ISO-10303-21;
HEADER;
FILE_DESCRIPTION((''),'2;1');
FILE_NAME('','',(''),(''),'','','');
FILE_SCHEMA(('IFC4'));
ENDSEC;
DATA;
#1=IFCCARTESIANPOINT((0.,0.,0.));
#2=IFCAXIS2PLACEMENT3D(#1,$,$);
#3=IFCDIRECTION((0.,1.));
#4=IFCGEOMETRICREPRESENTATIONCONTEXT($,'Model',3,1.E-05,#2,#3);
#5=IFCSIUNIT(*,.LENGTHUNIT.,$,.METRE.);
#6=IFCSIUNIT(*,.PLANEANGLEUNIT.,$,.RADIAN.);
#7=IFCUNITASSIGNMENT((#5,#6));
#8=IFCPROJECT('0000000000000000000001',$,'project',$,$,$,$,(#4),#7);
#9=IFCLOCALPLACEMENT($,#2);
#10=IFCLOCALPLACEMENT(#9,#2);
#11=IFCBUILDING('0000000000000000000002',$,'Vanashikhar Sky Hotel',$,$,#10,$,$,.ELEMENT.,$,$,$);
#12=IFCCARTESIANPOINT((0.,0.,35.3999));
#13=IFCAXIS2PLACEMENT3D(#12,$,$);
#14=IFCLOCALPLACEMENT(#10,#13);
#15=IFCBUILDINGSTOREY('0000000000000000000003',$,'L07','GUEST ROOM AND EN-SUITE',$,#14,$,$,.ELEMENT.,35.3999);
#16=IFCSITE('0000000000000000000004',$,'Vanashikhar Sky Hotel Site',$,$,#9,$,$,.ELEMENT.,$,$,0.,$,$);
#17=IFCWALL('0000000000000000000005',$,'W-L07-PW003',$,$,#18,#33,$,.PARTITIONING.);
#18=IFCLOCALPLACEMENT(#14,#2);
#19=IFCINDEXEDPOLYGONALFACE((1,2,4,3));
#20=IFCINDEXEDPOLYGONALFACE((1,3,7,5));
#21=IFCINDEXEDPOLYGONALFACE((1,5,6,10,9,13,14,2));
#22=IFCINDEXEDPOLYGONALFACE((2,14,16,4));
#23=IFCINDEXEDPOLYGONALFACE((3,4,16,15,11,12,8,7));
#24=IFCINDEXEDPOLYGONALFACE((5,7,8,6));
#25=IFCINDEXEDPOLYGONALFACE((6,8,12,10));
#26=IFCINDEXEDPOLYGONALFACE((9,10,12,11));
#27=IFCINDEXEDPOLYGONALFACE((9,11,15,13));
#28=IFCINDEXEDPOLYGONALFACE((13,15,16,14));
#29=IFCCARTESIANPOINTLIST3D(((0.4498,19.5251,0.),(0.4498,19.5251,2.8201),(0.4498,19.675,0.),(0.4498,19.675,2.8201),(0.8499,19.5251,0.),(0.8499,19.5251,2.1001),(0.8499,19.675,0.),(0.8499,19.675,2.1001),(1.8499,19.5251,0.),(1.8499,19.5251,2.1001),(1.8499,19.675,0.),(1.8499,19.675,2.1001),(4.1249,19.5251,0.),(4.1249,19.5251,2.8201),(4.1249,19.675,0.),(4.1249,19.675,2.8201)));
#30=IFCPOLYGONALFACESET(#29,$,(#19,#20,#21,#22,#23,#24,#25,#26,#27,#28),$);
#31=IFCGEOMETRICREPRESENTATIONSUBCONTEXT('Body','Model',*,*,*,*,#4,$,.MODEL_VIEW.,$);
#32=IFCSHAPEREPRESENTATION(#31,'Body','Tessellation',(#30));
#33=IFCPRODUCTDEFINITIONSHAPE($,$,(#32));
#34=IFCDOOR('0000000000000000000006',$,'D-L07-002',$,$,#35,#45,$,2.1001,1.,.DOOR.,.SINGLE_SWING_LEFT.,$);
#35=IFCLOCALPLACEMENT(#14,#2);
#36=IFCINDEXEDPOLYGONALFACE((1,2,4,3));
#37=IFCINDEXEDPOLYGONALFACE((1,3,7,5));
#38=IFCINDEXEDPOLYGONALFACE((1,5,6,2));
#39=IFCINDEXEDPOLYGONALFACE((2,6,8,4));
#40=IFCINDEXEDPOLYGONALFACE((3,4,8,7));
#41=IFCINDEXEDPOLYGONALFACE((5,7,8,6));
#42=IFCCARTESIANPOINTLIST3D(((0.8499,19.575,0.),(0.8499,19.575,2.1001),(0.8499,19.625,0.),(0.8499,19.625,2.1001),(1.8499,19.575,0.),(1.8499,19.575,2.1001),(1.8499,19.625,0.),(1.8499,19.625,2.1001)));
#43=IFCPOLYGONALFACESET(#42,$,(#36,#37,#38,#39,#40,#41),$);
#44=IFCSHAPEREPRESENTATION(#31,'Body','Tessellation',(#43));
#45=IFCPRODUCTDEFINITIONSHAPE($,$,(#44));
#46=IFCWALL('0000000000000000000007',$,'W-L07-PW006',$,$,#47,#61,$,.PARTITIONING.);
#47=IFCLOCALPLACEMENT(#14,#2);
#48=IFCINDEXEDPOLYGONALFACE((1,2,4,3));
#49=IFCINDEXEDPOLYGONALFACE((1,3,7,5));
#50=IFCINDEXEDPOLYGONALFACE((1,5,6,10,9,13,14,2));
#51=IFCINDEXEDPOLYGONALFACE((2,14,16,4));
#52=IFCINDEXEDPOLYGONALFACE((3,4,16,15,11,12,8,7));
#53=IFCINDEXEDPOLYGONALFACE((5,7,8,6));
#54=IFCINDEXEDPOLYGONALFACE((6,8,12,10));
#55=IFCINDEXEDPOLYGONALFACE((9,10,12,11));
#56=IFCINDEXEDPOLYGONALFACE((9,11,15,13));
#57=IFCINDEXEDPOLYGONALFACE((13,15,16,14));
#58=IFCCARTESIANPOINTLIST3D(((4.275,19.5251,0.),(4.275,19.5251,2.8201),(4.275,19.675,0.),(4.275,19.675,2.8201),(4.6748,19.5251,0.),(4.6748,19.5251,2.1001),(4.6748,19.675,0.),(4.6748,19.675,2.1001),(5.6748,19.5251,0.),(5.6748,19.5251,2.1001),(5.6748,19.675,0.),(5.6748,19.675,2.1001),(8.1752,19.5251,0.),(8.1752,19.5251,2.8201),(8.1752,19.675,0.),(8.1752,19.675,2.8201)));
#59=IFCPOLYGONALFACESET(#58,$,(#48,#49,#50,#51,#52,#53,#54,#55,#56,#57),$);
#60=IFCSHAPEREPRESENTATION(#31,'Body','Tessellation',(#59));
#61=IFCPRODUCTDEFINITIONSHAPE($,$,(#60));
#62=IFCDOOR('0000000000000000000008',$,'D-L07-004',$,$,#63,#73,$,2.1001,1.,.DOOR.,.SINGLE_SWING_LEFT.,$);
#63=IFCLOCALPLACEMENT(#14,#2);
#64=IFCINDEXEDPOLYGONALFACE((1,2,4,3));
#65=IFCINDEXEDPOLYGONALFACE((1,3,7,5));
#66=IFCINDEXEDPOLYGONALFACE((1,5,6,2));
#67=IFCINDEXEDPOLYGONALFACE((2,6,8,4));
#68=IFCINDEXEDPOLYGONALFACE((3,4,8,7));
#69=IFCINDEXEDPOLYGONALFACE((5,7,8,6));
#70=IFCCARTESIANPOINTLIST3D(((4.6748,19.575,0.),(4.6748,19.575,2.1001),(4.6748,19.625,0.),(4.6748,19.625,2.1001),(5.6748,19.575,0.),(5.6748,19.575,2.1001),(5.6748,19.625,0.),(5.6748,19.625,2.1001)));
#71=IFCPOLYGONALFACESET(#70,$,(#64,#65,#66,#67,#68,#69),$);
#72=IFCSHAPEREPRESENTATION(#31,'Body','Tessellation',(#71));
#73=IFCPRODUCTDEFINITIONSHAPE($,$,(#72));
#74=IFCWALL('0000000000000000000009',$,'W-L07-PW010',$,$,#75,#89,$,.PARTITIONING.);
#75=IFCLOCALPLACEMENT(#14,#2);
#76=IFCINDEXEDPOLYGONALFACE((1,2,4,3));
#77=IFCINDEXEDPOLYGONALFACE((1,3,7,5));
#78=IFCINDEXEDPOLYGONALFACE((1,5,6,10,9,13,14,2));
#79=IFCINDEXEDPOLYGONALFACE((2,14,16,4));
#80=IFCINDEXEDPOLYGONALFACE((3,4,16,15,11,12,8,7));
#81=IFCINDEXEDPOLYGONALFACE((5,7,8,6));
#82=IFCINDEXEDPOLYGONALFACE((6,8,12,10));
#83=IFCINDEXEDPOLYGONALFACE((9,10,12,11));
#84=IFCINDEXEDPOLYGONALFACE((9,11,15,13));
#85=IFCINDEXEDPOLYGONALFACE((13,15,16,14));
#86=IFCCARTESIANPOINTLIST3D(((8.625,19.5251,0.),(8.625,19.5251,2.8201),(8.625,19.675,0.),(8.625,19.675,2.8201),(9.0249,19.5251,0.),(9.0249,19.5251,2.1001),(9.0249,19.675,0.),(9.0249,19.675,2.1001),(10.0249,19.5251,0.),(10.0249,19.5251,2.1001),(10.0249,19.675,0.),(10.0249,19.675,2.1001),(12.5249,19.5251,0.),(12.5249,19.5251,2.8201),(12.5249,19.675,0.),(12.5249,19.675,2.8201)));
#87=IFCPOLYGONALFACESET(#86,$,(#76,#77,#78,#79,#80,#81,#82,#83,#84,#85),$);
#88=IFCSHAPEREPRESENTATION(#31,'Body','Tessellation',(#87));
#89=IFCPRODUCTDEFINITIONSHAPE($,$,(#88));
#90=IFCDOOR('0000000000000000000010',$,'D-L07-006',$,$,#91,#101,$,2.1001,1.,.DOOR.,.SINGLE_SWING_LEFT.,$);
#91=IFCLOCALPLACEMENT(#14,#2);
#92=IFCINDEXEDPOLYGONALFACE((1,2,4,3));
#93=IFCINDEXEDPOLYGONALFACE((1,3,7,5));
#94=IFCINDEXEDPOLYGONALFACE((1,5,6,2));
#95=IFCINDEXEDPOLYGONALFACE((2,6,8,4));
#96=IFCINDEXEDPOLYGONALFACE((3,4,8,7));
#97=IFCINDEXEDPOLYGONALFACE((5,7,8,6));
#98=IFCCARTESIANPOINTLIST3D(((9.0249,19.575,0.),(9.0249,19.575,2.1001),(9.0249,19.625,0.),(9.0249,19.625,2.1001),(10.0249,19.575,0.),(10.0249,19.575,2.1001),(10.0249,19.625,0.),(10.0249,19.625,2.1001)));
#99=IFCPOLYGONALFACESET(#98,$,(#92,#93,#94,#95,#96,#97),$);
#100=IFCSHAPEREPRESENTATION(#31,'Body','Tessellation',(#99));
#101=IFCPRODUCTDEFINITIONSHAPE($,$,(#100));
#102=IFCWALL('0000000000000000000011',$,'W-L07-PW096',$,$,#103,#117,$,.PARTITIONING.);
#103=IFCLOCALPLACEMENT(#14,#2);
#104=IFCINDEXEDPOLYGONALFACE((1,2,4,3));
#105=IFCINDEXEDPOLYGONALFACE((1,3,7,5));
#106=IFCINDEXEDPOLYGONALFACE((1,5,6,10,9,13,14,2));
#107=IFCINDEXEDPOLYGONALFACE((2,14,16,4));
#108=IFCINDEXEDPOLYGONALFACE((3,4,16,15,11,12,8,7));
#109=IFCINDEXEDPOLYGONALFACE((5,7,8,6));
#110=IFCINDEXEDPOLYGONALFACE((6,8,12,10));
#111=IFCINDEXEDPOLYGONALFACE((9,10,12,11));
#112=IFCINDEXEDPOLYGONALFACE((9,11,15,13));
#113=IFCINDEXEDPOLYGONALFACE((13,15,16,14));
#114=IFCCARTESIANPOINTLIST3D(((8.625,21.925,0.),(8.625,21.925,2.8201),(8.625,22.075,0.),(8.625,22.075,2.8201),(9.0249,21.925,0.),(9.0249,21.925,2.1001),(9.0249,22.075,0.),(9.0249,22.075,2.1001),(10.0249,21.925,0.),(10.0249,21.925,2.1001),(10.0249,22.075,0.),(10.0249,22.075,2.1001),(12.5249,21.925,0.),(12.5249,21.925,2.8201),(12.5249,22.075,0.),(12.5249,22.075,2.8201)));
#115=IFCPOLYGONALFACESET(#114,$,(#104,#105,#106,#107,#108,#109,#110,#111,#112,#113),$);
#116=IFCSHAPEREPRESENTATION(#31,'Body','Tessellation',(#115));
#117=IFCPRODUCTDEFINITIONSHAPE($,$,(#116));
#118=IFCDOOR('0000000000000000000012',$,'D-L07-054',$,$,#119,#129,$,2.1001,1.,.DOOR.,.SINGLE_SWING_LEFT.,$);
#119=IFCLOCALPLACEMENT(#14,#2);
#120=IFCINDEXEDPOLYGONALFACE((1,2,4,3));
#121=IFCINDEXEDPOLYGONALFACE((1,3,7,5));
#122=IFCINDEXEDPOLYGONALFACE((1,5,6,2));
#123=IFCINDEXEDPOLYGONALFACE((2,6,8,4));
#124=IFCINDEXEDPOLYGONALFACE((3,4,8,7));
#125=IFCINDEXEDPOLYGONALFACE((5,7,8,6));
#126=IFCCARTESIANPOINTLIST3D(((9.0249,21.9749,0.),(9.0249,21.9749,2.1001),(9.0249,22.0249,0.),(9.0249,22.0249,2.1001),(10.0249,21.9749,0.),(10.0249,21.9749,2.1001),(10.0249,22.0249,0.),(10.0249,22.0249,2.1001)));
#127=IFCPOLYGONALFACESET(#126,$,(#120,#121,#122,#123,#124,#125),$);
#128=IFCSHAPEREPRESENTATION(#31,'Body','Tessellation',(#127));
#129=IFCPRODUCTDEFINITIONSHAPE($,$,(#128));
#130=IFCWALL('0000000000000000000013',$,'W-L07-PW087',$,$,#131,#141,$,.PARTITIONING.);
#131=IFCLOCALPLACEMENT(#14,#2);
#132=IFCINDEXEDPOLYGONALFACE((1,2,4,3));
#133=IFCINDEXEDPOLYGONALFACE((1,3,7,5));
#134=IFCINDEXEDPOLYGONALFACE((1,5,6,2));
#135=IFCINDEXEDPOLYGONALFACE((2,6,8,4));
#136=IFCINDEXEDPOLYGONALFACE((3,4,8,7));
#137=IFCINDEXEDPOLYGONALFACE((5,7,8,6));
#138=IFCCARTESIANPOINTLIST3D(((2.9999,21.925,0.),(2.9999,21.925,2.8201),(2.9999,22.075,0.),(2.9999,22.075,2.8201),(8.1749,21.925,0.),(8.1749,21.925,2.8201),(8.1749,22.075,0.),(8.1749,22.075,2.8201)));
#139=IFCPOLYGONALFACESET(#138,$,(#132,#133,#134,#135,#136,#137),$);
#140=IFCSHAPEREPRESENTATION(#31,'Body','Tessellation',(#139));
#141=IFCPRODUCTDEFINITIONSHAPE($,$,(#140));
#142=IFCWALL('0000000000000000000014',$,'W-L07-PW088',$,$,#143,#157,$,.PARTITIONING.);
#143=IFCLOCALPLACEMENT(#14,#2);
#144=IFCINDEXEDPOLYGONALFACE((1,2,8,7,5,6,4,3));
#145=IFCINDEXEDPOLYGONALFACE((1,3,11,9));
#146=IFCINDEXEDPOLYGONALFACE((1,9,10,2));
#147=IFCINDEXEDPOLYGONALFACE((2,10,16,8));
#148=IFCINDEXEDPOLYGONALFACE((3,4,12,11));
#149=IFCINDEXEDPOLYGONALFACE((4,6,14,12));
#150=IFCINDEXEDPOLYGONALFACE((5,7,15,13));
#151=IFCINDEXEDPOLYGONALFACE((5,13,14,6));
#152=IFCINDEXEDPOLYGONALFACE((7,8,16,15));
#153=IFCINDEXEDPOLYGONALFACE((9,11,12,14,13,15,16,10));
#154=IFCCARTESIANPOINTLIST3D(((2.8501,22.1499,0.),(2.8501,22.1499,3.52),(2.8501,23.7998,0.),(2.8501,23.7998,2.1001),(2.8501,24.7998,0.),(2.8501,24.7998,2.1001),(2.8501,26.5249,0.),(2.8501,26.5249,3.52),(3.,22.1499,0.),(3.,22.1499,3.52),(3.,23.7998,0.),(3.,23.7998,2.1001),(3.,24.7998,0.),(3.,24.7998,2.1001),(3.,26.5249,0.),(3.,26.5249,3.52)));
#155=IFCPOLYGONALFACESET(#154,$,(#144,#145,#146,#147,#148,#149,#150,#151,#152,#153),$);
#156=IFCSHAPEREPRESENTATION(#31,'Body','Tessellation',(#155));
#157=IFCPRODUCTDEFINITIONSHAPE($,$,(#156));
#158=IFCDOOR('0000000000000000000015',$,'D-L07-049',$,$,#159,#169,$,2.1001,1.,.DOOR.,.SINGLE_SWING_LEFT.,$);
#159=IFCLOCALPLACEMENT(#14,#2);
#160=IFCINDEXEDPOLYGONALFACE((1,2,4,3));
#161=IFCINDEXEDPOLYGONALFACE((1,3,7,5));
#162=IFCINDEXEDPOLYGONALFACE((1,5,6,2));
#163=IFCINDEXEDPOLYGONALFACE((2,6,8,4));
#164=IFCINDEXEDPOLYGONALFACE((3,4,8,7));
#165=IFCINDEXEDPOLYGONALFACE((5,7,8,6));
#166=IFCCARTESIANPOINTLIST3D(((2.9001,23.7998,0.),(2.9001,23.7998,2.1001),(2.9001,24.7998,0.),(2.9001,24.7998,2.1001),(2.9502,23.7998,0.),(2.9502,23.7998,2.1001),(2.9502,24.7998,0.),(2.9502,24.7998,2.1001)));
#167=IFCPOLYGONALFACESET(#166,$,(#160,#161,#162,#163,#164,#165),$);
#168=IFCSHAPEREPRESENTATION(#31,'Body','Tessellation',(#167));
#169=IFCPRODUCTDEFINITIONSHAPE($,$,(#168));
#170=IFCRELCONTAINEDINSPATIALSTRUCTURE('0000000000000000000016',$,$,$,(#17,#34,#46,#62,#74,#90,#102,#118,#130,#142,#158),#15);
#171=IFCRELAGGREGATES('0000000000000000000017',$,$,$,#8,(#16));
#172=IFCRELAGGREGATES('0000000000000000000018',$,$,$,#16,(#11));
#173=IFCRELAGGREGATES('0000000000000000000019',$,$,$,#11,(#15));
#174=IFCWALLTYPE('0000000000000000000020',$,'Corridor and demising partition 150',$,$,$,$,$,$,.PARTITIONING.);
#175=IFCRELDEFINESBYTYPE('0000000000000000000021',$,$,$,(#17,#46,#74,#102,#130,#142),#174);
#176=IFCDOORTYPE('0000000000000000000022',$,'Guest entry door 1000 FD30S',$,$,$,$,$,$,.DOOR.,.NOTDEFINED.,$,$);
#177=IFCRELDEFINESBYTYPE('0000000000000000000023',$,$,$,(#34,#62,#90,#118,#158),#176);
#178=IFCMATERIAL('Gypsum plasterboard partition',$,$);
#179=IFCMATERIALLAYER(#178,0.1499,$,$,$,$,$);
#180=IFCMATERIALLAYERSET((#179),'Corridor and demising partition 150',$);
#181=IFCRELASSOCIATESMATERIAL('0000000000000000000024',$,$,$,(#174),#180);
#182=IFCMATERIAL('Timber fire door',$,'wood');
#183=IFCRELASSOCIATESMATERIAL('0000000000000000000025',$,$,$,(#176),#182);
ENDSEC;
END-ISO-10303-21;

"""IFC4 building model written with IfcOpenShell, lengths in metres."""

from ifc_helpers import new_model, si_unit, direction, frame, frame_2d, origin, place, context, subcontext, project, spatial, rectangle, extrude, source, transform, mapped, material, layer, layer_set, type_object, element, fill, save


model = new_model("IFC4")

# Units and contexts
model_context = context("Model", 3, precision=1e-05, world=origin(), true_north=direction((0.0, 1.0)))
body_context = subcontext(model_context, "Body", "Model", "MODEL_VIEW")
ifc_project = project(units=[si_unit("LENGTHUNIT", "METRE"), si_unit("PLANEANGLEUNIT", "RADIAN")], contexts=[model_context])

# Site, building, storey
site_placement = place(None, origin())
site = spatial("IfcSite", under=ifc_project, at=site_placement, Name="Vanashikhar Sky Hotel Site", CompositionType="ELEMENT", RefElevation=0.0)
building_placement = place(site_placement, origin())
building = spatial("IfcBuilding", under=site, at=building_placement, Name="Vanashikhar Sky Hotel", CompositionType="ELEMENT")
storey_placement = place(building_placement, frame((0.0, 0.0, 35.3999)))
storey = spatial("IfcBuildingStorey", under=building, at=storey_placement, Name="L07", Description="GUEST ROOM AND EN-SUITE", CompositionType="ELEMENT", Elevation=35.3999)

# Walls, openings, doors
ifc_material_1 = material(Name="Gypsum plasterboard partition")
ifc_layer_1 = layer(ifc_material_1, 0.1499)
ifc_layer_set_1 = layer_set([ifc_layer_1], Name="Corridor and demising partition 150")
wall_type_1 = type_object("IfcWallType", Name="Corridor and demising partition 150", PredefinedType="PARTITIONING", material=ifc_layer_set_1)
shared_shape_1 = source(origin(), body_context, "Body", "SweptSolid", [
    extrude(rectangle(XDim=3.675, YDim=0.1499, at=frame_2d((1.8374, 0.0))), origin(), (0.0, 0.0, 1.0), 2.8201),
])
wall_1_placement = place(storey_placement, frame((0.45, 19.6001, 0.0), z_axis=(0.0, 0.0, 1.0), x_axis=(1.0, 0.0, 0.0)))
wall_1 = element("IfcWall", 1, at=wall_1_placement, inside=storey, type_object=wall_type_1, Name="W-L07-PW003", PredefinedType="PARTITIONING", context=body_context, shape_type="MappedRepresentation", body=[
    mapped(shared_shape_1, transform((0.0, 0.0, 0.0), scale=1.0)),
])
shared_shape_2 = source(origin(), body_context, "Body", "SweptSolid", [
    extrude(rectangle(XDim=1.0, YDim=2.1001, at=frame_2d((0.5, 1.05))), frame((0.0, 0.085, 0.0), z_axis=(0.0, -1.0, 0.0), x_axis=(1.0, 0.0, 0.0)), (0.0, 0.0, 1.0), 0.1699),
])
opening_1_placement = place(wall_1_placement, frame((0.3999, 0.0, 0.0)))
opening_1 = element("IfcOpeningElement", 2, at=opening_1_placement, cuts=wall_1, PredefinedType="OPENING", context=body_context, shape_type="MappedRepresentation", body=[
    mapped(shared_shape_2, transform((0.0, 0.0, 0.0), scale=1.0)),
])
ifc_material_2 = material(Name="Timber fire door", Category="wood")
door_type = type_object("IfcDoorType", Name="Guest entry door 1000 FD30S", OperationType="NOTDEFINED", PredefinedType="DOOR", material=ifc_material_2)
shared_shape_3 = source(origin(), body_context, "Body", "SweptSolid", [
    extrude(rectangle(XDim=1.0, YDim=2.1001, at=frame_2d((0.5, 1.05))), frame((0.0, 0.0249, 0.0), z_axis=(0.0, -1.0, 0.0), x_axis=(1.0, 0.0, 0.0)), (0.0, 0.0, 1.0), 0.05),
])
door_1_placement = place(opening_1_placement, origin())
door_1 = element("IfcDoor", 3, at=door_1_placement, inside=storey, type_object=door_type, Name="D-L07-002", OperationType="SINGLE_SWING_LEFT", OverallHeight=2.1001, OverallWidth=1.0, PredefinedType="DOOR", context=body_context, shape_type="MappedRepresentation", body=[
    mapped(shared_shape_3, transform((0.0, 0.0, 0.0), scale=1.0)),
])
fill(opening_1, door_1)
shared_shape_4 = source(origin(), body_context, "Body", "SweptSolid", [
    extrude(rectangle(XDim=3.9001, YDim=0.1499, at=frame_2d((1.9502, 0.0))), origin(), (0.0, 0.0, 1.0), 2.8201),
])
wall_2_placement = place(storey_placement, frame((4.2749, 19.6001, 0.0), z_axis=(0.0, 0.0, 1.0), x_axis=(1.0, 0.0, 0.0)))
wall_2 = element("IfcWall", 4, at=wall_2_placement, inside=storey, type_object=wall_type_1, Name="W-L07-PW006", PredefinedType="PARTITIONING", context=body_context, shape_type="MappedRepresentation", body=[
    mapped(shared_shape_4, transform((0.0, 0.0, 0.0), scale=1.0)),
])
opening_2_placement = place(wall_2_placement, frame((0.3999, 0.0, 0.0)))
opening_2 = element("IfcOpeningElement", 5, at=opening_2_placement, cuts=wall_2, PredefinedType="OPENING", context=body_context, shape_type="MappedRepresentation", body=[
    mapped(shared_shape_2, transform((0.0, 0.0, 0.0), scale=1.0)),
])
door_2_placement = place(opening_2_placement, origin())
door_2 = element("IfcDoor", 6, at=door_2_placement, inside=storey, type_object=door_type, Name="D-L07-004", OperationType="SINGLE_SWING_LEFT", OverallHeight=2.1001, OverallWidth=1.0, PredefinedType="DOOR", context=body_context, shape_type="MappedRepresentation", body=[
    mapped(shared_shape_3, transform((0.0, 0.0, 0.0), scale=1.0)),
])
fill(opening_2, door_2)
shared_shape_5 = source(origin(), body_context, "Body", "SweptSolid", [
    extrude(rectangle(XDim=3.8999, YDim=0.1499, at=frame_2d((1.95, 0.0))), origin(), (0.0, 0.0, 1.0), 2.8201),
])
wall_3_placement = place(storey_placement, frame((8.625, 19.6001, 0.0), z_axis=(0.0, 0.0, 1.0), x_axis=(1.0, 0.0, 0.0)))
wall_3 = element("IfcWall", 7, at=wall_3_placement, inside=storey, type_object=wall_type_1, Name="W-L07-PW010", PredefinedType="PARTITIONING", context=body_context, shape_type="MappedRepresentation", body=[
    mapped(shared_shape_5, transform((0.0, 0.0, 0.0), scale=1.0)),
])
opening_3_placement = place(wall_3_placement, frame((0.3999, 0.0, 0.0)))
opening_3 = element("IfcOpeningElement", 8, at=opening_3_placement, cuts=wall_3, PredefinedType="OPENING", context=body_context, shape_type="MappedRepresentation", body=[
    mapped(shared_shape_2, transform((0.0, 0.0, 0.0), scale=1.0)),
])
door_3_placement = place(opening_3_placement, origin())
door_3 = element("IfcDoor", 9, at=door_3_placement, inside=storey, type_object=door_type, Name="D-L07-006", OperationType="SINGLE_SWING_LEFT", OverallHeight=2.1001, OverallWidth=1.0, PredefinedType="DOOR", context=body_context, shape_type="MappedRepresentation", body=[
    mapped(shared_shape_3, transform((0.0, 0.0, 0.0), scale=1.0)),
])
fill(opening_3, door_3)
wall_4_placement = place(storey_placement, frame((8.625, 22.0, 0.0), z_axis=(0.0, 0.0, 1.0), x_axis=(1.0, 0.0, 0.0)))
wall_4 = element("IfcWall", 10, at=wall_4_placement, inside=storey, type_object=wall_type_1, Name="W-L07-PW096", PredefinedType="PARTITIONING", context=body_context, shape_type="MappedRepresentation", body=[
    mapped(shared_shape_5, transform((0.0, 0.0, 0.0), scale=1.0)),
])
opening_4_placement = place(wall_4_placement, frame((0.3999, 0.0, 0.0)))
opening_4 = element("IfcOpeningElement", 11, at=opening_4_placement, cuts=wall_4, PredefinedType="OPENING", context=body_context, shape_type="MappedRepresentation", body=[
    mapped(shared_shape_2, transform((0.0, 0.0, 0.0), scale=1.0)),
])
door_4_placement = place(opening_4_placement, origin())
door_4 = element("IfcDoor", 12, at=door_4_placement, inside=storey, type_object=door_type, Name="D-L07-054", OperationType="SINGLE_SWING_LEFT", OverallHeight=2.1001, OverallWidth=1.0, PredefinedType="DOOR", context=body_context, shape_type="MappedRepresentation", body=[
    mapped(shared_shape_3, transform((0.0, 0.0, 0.0), scale=1.0)),
])
fill(opening_4, door_4)

# Wall
shared_shape_6 = source(origin(), body_context, "Body", "SweptSolid", [
    extrude(rectangle(XDim=5.175, YDim=0.1499, at=frame_2d((2.5874, 0.0))), origin(), (0.0, 0.0, 1.0), 2.8201),
])
wall_5_placement = place(storey_placement, frame((3.0, 22.0, 0.0), z_axis=(0.0, 0.0, 1.0), x_axis=(1.0, 0.0, 0.0)))
element("IfcWall", 13, at=wall_5_placement, inside=storey, type_object=wall_type_1, Name="W-L07-PW087", PredefinedType="PARTITIONING", context=body_context, shape_type="MappedRepresentation", body=[
    mapped(shared_shape_6, transform((0.0, 0.0, 0.0), scale=1.0)),
])

# Wall, opening, door
shared_shape_7 = source(origin(), body_context, "Body", "SweptSolid", [
    extrude(rectangle(XDim=4.375, YDim=0.1499, at=frame_2d((2.1875, 0.0))), origin(), (0.0, 0.0, 1.0), 3.52),
])
wall_6_placement = place(storey_placement, frame((2.925, 22.1499, 0.0), z_axis=(0.0, 0.0, 1.0), x_axis=(0.0, 1.0, 0.0)))
wall_6 = element("IfcWall", 14, at=wall_6_placement, inside=storey, type_object=wall_type_1, Name="W-L07-PW088", PredefinedType="PARTITIONING", context=body_context, shape_type="MappedRepresentation", body=[
    mapped(shared_shape_7, transform((0.0, 0.0, 0.0), scale=1.0)),
])
opening_5_placement = place(wall_6_placement, frame((1.6499, 0.0, 0.0)))
opening_5 = element("IfcOpeningElement", 15, at=opening_5_placement, cuts=wall_6, PredefinedType="OPENING", context=body_context, shape_type="MappedRepresentation", body=[
    mapped(shared_shape_2, transform((0.0, 0.0, 0.0), scale=1.0)),
])
door_5_placement = place(opening_5_placement, origin())
door_5 = element("IfcDoor", 16, at=door_5_placement, inside=storey, type_object=door_type, Name="D-L07-049", OperationType="SINGLE_SWING_LEFT", OverallHeight=2.1001, OverallWidth=1.0, PredefinedType="DOOR", context=body_context, shape_type="MappedRepresentation", body=[
    mapped(shared_shape_3, transform((0.0, 0.0, 0.0), scale=1.0)),
])
fill(opening_5, door_5)

save(model, "model.ifc")
